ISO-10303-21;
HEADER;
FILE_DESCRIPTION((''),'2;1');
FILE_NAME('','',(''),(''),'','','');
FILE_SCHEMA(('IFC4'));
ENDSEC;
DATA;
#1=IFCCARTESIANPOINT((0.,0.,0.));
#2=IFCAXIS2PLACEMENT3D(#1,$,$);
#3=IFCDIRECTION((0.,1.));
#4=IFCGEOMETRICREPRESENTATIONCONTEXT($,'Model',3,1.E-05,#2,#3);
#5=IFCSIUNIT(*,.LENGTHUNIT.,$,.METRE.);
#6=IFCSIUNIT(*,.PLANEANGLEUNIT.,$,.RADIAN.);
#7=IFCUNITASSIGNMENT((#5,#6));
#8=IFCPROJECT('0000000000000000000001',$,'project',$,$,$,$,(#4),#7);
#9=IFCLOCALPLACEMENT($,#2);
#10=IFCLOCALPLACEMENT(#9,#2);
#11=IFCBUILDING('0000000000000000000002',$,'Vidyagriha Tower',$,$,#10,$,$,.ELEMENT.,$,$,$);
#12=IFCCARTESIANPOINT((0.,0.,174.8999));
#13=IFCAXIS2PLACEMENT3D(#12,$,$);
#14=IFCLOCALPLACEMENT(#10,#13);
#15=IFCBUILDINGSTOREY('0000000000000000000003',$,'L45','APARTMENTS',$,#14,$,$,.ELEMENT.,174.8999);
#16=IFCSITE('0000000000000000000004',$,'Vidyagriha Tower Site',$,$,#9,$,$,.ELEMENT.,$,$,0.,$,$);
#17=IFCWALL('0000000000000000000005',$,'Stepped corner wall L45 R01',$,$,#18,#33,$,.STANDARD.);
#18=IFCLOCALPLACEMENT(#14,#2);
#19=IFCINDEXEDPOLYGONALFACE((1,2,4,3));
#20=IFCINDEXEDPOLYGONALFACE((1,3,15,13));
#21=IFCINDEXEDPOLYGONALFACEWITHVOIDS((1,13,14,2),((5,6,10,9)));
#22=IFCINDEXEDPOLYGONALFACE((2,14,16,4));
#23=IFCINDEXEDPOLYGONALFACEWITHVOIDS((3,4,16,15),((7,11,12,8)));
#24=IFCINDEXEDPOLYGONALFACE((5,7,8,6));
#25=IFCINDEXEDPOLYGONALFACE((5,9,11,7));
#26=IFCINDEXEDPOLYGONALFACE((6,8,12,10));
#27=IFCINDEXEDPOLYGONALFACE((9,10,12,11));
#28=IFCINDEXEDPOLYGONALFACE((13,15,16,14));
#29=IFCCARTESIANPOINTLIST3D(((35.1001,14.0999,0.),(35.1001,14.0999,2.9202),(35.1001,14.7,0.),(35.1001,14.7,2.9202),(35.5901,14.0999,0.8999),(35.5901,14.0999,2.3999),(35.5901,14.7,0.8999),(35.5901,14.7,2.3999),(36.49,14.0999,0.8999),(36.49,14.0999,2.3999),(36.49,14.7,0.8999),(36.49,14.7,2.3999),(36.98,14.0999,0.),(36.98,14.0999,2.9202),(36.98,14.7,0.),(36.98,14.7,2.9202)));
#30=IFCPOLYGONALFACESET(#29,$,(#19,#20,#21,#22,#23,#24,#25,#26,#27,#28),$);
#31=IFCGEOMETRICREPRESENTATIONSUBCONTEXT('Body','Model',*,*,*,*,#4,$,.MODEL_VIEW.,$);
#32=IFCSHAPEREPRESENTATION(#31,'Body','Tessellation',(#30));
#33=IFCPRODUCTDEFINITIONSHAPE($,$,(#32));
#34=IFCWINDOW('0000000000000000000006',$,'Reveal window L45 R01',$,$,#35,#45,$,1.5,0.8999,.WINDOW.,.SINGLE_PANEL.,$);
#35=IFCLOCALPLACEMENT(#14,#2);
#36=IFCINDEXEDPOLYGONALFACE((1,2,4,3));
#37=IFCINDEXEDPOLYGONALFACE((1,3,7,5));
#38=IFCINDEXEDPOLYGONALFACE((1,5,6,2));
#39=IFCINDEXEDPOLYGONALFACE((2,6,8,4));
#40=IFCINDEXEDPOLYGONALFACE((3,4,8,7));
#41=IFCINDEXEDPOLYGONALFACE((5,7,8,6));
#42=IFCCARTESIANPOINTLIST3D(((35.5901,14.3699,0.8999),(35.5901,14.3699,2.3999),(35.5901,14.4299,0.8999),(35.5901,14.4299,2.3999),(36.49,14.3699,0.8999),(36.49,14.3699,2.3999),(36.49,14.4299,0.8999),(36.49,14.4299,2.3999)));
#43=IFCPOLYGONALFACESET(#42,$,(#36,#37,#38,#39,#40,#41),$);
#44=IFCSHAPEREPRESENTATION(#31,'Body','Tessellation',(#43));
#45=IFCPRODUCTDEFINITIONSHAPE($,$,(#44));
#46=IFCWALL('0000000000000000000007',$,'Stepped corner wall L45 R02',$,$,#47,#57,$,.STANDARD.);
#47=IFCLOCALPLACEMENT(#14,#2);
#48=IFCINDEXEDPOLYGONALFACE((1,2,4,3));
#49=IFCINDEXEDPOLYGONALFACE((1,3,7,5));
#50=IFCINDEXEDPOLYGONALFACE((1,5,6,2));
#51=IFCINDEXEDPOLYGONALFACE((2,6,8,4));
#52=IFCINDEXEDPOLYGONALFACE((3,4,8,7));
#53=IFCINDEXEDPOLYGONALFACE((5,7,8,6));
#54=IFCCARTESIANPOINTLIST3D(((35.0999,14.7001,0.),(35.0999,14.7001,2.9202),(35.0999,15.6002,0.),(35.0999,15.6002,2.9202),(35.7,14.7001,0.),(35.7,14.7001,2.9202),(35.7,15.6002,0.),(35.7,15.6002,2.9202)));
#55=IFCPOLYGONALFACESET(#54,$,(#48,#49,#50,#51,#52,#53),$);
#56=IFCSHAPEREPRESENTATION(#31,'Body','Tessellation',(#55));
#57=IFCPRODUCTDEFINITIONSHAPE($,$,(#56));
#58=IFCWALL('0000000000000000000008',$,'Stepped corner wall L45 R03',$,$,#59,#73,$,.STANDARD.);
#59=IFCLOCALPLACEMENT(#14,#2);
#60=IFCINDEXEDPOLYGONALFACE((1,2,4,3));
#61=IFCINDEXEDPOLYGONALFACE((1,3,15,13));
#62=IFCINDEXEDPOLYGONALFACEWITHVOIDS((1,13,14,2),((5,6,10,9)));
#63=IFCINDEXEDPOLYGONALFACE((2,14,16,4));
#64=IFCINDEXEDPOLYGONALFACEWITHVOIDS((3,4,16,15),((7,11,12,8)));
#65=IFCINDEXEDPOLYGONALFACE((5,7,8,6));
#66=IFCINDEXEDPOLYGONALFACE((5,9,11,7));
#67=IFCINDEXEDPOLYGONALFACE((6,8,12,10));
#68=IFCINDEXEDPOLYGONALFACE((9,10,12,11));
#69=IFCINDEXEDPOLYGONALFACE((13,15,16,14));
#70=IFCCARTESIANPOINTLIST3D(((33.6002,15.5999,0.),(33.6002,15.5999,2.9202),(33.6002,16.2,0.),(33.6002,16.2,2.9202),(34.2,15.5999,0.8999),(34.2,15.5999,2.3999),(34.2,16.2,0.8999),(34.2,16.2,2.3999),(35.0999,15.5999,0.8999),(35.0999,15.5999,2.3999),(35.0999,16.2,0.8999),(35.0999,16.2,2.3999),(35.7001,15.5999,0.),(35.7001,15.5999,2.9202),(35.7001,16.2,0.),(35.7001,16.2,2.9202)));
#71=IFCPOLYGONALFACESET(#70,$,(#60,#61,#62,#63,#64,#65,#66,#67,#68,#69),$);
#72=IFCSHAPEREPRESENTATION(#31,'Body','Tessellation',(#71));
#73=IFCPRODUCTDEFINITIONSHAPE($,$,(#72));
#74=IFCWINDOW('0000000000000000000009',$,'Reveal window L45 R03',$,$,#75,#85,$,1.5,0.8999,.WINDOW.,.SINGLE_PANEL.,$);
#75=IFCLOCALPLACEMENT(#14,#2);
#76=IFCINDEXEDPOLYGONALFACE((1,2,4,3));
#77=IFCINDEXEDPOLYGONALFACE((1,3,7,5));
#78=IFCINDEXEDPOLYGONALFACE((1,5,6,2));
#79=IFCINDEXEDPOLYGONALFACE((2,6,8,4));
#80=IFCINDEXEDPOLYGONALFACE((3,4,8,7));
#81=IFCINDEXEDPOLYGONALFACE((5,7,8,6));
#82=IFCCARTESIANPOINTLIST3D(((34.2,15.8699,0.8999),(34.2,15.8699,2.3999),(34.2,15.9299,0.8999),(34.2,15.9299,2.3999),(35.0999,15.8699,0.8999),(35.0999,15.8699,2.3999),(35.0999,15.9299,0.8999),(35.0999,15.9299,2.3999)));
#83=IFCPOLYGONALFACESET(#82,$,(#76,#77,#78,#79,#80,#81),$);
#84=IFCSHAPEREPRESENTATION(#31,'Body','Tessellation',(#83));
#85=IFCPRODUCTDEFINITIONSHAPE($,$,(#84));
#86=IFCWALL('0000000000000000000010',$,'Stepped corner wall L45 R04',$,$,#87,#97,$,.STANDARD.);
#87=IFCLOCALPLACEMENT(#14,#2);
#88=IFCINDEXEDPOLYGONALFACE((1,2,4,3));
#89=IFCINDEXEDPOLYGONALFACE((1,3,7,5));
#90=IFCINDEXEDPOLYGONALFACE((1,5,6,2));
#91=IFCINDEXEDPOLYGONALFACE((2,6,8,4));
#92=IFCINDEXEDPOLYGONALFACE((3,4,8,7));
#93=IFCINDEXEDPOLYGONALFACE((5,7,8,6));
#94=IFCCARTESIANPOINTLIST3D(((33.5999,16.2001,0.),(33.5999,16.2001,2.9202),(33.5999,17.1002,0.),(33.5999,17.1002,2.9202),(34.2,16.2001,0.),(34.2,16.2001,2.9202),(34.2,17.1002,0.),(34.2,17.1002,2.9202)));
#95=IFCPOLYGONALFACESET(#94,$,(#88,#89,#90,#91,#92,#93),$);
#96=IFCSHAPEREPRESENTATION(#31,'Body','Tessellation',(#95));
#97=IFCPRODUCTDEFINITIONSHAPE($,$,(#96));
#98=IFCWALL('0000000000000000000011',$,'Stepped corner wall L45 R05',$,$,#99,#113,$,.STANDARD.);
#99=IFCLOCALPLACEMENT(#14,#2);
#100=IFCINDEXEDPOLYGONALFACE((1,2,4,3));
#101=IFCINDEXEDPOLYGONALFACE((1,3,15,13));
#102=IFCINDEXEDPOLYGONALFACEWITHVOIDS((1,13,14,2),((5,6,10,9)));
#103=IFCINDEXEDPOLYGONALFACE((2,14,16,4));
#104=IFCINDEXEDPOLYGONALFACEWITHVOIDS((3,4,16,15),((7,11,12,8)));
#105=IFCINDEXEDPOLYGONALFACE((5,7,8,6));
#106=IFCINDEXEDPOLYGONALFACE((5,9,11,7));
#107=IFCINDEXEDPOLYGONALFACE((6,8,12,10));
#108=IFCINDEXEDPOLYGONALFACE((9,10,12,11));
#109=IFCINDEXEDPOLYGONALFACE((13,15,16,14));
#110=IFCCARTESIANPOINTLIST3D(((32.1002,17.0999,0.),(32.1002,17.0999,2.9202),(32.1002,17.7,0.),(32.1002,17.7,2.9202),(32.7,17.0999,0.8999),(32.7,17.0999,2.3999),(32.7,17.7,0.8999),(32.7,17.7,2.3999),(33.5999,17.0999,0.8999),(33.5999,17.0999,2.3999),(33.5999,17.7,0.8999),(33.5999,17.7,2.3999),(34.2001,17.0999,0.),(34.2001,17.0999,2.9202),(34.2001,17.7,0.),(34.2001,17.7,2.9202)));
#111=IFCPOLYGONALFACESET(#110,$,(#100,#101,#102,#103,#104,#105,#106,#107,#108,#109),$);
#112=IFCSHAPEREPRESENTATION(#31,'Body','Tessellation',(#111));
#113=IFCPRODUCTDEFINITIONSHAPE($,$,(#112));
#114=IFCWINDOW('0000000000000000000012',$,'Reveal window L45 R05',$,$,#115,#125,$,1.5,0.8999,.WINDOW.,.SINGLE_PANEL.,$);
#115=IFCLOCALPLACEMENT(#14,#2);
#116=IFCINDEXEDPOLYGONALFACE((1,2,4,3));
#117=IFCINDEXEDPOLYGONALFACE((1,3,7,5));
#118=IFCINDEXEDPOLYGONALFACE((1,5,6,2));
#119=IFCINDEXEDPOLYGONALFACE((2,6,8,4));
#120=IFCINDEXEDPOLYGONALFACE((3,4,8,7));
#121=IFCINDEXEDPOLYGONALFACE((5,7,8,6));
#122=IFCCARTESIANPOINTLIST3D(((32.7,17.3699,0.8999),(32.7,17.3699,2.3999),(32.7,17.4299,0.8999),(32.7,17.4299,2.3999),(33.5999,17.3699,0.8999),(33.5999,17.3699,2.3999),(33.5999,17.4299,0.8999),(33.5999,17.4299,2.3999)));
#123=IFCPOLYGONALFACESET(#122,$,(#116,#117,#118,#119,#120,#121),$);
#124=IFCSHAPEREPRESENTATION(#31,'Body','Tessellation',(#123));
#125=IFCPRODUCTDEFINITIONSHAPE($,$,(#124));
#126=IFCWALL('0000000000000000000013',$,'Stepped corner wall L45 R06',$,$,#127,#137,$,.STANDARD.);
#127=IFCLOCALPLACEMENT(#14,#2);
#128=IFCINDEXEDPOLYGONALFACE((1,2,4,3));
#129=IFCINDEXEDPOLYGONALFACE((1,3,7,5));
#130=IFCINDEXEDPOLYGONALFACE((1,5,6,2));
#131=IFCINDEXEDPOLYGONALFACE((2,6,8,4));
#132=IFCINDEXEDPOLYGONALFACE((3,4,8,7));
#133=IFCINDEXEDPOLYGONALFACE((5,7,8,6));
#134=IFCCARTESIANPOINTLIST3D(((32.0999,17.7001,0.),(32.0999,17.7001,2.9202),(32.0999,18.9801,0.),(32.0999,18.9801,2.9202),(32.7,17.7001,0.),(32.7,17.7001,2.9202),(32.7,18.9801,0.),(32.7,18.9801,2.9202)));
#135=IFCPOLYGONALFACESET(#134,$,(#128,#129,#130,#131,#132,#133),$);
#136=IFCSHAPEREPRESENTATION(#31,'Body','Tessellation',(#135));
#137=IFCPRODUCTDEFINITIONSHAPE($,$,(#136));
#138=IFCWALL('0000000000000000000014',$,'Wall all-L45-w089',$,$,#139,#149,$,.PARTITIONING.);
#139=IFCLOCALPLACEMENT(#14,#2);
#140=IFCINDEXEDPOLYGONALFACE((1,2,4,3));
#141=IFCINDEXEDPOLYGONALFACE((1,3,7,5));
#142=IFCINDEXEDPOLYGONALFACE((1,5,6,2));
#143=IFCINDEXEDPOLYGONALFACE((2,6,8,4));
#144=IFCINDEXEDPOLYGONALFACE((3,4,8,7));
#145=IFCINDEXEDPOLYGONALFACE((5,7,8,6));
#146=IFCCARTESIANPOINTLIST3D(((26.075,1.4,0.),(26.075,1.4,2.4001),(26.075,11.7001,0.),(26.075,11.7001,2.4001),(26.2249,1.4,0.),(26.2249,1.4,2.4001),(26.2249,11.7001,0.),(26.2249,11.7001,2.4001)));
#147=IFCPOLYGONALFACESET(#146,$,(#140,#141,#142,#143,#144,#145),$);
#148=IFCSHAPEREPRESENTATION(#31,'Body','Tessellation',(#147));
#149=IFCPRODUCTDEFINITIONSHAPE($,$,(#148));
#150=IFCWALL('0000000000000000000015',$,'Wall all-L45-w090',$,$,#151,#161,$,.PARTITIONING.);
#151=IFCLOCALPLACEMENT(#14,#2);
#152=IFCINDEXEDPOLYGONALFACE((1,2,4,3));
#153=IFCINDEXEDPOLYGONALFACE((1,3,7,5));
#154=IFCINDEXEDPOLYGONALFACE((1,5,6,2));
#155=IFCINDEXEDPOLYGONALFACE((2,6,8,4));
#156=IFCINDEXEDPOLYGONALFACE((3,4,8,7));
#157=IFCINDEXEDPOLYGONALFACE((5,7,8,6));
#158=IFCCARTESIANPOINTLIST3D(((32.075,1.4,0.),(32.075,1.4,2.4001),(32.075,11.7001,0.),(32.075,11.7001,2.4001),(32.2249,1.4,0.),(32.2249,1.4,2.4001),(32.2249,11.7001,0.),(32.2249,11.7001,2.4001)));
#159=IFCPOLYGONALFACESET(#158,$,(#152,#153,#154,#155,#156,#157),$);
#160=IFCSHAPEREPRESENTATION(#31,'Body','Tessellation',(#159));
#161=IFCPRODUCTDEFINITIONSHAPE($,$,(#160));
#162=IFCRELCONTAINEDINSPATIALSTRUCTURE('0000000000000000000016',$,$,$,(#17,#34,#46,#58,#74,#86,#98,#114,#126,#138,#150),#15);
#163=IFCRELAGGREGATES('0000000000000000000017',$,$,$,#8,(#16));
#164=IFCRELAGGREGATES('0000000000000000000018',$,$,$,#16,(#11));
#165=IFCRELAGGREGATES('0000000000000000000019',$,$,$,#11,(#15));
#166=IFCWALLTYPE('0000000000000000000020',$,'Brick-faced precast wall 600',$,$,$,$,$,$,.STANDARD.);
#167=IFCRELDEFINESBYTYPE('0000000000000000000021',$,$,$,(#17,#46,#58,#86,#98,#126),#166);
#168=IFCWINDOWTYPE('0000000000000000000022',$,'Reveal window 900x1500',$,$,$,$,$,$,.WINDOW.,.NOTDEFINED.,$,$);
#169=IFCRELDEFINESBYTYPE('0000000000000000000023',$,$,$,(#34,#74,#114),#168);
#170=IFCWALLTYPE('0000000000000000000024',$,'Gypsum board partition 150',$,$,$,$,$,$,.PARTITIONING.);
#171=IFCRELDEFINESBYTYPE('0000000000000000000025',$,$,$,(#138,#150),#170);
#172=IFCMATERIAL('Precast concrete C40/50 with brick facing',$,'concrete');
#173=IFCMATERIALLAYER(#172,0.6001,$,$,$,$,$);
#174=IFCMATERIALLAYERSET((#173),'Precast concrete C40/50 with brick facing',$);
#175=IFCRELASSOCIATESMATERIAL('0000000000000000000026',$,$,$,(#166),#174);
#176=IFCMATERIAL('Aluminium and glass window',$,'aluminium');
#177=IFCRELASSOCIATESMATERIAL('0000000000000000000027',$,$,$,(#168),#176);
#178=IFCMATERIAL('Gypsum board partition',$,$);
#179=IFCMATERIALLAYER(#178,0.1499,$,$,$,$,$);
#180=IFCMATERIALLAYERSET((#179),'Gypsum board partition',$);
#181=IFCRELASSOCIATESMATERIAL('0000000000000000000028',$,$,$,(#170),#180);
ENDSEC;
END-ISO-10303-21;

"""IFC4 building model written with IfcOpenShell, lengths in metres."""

from ifc_helpers import new_model, si_unit, direction, frame, frame_2d, origin, place, context, subcontext, project, spatial, rectangle, extrude, material, layer, layer_set, type_object, element, fill, save


model = new_model("IFC4")

# Units and contexts
model_context = context("Model", 3, precision=1e-05, world=origin(), true_north=direction((0.0, 1.0)))
body_context = subcontext(model_context, "Body", "Model", "MODEL_VIEW")
ifc_project = project(units=[si_unit("LENGTHUNIT", "METRE"), si_unit("PLANEANGLEUNIT", "RADIAN")], contexts=[model_context])

# Site, building, storey
site_placement = place(None, origin())
site = spatial("IfcSite", under=ifc_project, at=site_placement, Name="Vidyagriha Tower Site", CompositionType="ELEMENT", RefElevation=0.0)
building_placement = place(site_placement, origin())
building = spatial("IfcBuilding", under=site, at=building_placement, Name="Vidyagriha Tower", CompositionType="ELEMENT")
storey_placement = place(building_placement, frame((0.0, 0.0, 174.8999)))
storey = spatial("IfcBuildingStorey", under=building, at=storey_placement, Name="L45", Description="APARTMENTS", CompositionType="ELEMENT", Elevation=174.8999)

# Wall, opening, window
ifc_material_1 = material(Name="Precast concrete C40/50 with brick facing", Category="concrete")
ifc_layer_1 = layer(ifc_material_1, 0.6001)
ifc_layer_set_1 = layer_set([ifc_layer_1], Name="Precast concrete C40/50 with brick facing")
wall_type_1 = type_object("IfcWallType", Name="Brick-faced precast wall 600", PredefinedType="STANDARD", material=ifc_layer_set_1)
wall_1_placement = place(storey_placement, frame((36.98, 14.3999, 0.0), z_axis=(0.0, 0.0, 1.0), x_axis=(-1.0, 0.0, 0.0)))
wall_1 = element("IfcWall", 1, at=wall_1_placement, inside=storey, type_object=wall_type_1, Name="Stepped corner wall L45 R01", PredefinedType="STANDARD", context=body_context, shape_type="SweptSolid", body=[
    extrude(rectangle(XDim=1.8799, YDim=0.6001, at=frame_2d((0.9399, 0.0))), origin(), (0.0, 0.0, 1.0), 2.9202),
])
opening_1_placement = place(wall_1_placement, frame((0.49, 0.0, 0.8999)))
opening_1 = element("IfcOpeningElement", 2, at=opening_1_placement, cuts=wall_1, PredefinedType="OPENING", context=body_context, shape_type="SweptSolid", body=[
    extrude(rectangle(XDim=0.8999, YDim=1.5, at=frame_2d((0.45, 0.75))), frame((0.0, 0.3101, 0.0), z_axis=(0.0, -1.0, 0.0), x_axis=(1.0, 0.0, 0.0)), (0.0, 0.0, 1.0), 0.6201),
])
ifc_material_2 = material(Name="Aluminium and glass window", Category="aluminium")
window_type = type_object("IfcWindowType", Name="Reveal window 900x1500", PartitioningType="NOTDEFINED", PredefinedType="WINDOW", material=ifc_material_2)
window_1_placement = place(opening_1_placement, origin())
window_1 = element("IfcWindow", 3, at=window_1_placement, inside=storey, type_object=window_type, Name="Reveal window L45 R01", OverallHeight=1.5, OverallWidth=0.8999, PartitioningType="SINGLE_PANEL", PredefinedType="WINDOW", context=body_context, shape_type="SweptSolid", body=[
    extrude(rectangle(XDim=0.8999, YDim=1.5, at=frame_2d((0.45, 0.75))), frame((0.0, 0.03, 0.0), z_axis=(0.0, -1.0, 0.0), x_axis=(1.0, 0.0, 0.0)), (0.0, 0.0, 1.0), 0.0601),
])
fill(opening_1, window_1)

# Wall
wall_2_placement = place(storey_placement, frame((35.3999, 14.7, 0.0), z_axis=(0.0, 0.0, 1.0), x_axis=(0.0, 1.0, 0.0)))
element("IfcWall", 4, at=wall_2_placement, inside=storey, type_object=wall_type_1, Name="Stepped corner wall L45 R02", PredefinedType="STANDARD", context=body_context, shape_type="SweptSolid", body=[
    extrude(rectangle(XDim=0.9001, YDim=0.6001, at=frame_2d((0.4502, 0.0))), origin(), (0.0, 0.0, 1.0), 2.9202),
])

# Wall, opening, window
wall_3_placement = place(storey_placement, frame((35.7, 15.8999, 0.0), z_axis=(0.0, 0.0, 1.0), x_axis=(-1.0, 0.0, 0.0)))
wall_3 = element("IfcWall", 5, at=wall_3_placement, inside=storey, type_object=wall_type_1, Name="Stepped corner wall L45 R03", PredefinedType="STANDARD", context=body_context, shape_type="SweptSolid", body=[
    extrude(rectangle(XDim=2.0999, YDim=0.6001, at=frame_2d((1.0498, 0.0))), origin(), (0.0, 0.0, 1.0), 2.9202),
])
opening_2_placement = place(wall_3_placement, frame((0.6001, 0.0, 0.8999)))
opening_2 = element("IfcOpeningElement", 6, at=opening_2_placement, cuts=wall_3, PredefinedType="OPENING", context=body_context, shape_type="SweptSolid", body=[
    extrude(rectangle(XDim=0.8999, YDim=1.5, at=frame_2d((0.45, 0.75))), frame((0.0, 0.3101, 0.0), z_axis=(0.0, -1.0, 0.0), x_axis=(1.0, 0.0, 0.0)), (0.0, 0.0, 1.0), 0.6201),
])
window_2_placement = place(opening_2_placement, origin())
window_2 = element("IfcWindow", 7, at=window_2_placement, inside=storey, type_object=window_type, Name="Reveal window L45 R03", OverallHeight=1.5, OverallWidth=0.8999, PartitioningType="SINGLE_PANEL", PredefinedType="WINDOW", context=body_context, shape_type="SweptSolid", body=[
    extrude(rectangle(XDim=0.8999, YDim=1.5, at=frame_2d((0.45, 0.75))), frame((0.0, 0.03, 0.0), z_axis=(0.0, -1.0, 0.0), x_axis=(1.0, 0.0, 0.0)), (0.0, 0.0, 1.0), 0.0601),
])
fill(opening_2, window_2)

# Wall
wall_4_placement = place(storey_placement, frame((33.8999, 16.2, 0.0), z_axis=(0.0, 0.0, 1.0), x_axis=(0.0, 1.0, 0.0)))
element("IfcWall", 8, at=wall_4_placement, inside=storey, type_object=wall_type_1, Name="Stepped corner wall L45 R04", PredefinedType="STANDARD", context=body_context, shape_type="SweptSolid", body=[
    extrude(rectangle(XDim=0.9001, YDim=0.6001, at=frame_2d((0.4502, 0.0))), origin(), (0.0, 0.0, 1.0), 2.9202),
])

# Wall, opening, window
wall_5_placement = place(storey_placement, frame((34.2, 17.3999, 0.0), z_axis=(0.0, 0.0, 1.0), x_axis=(-1.0, 0.0, 0.0)))
wall_5 = element("IfcWall", 9, at=wall_5_placement, inside=storey, type_object=wall_type_1, Name="Stepped corner wall L45 R05", PredefinedType="STANDARD", context=body_context, shape_type="SweptSolid", body=[
    extrude(rectangle(XDim=2.0999, YDim=0.6001, at=frame_2d((1.0498, 0.0))), origin(), (0.0, 0.0, 1.0), 2.9202),
])
opening_3_placement = place(wall_5_placement, frame((0.6001, 0.0, 0.8999)))
opening_3 = element("IfcOpeningElement", 10, at=opening_3_placement, cuts=wall_5, PredefinedType="OPENING", context=body_context, shape_type="SweptSolid", body=[
    extrude(rectangle(XDim=0.8999, YDim=1.5, at=frame_2d((0.45, 0.75))), frame((0.0, 0.3101, 0.0), z_axis=(0.0, -1.0, 0.0), x_axis=(1.0, 0.0, 0.0)), (0.0, 0.0, 1.0), 0.6201),
])
window_3_placement = place(opening_3_placement, origin())
window_3 = element("IfcWindow", 11, at=window_3_placement, inside=storey, type_object=window_type, Name="Reveal window L45 R05", OverallHeight=1.5, OverallWidth=0.8999, PartitioningType="SINGLE_PANEL", PredefinedType="WINDOW", context=body_context, shape_type="SweptSolid", body=[
    extrude(rectangle(XDim=0.8999, YDim=1.5, at=frame_2d((0.45, 0.75))), frame((0.0, 0.03, 0.0), z_axis=(0.0, -1.0, 0.0), x_axis=(1.0, 0.0, 0.0)), (0.0, 0.0, 1.0), 0.0601),
])
fill(opening_3, window_3)

# Walls
wall_6_placement = place(storey_placement, frame((32.3999, 17.7, 0.0), z_axis=(0.0, 0.0, 1.0), x_axis=(0.0, 1.0, 0.0)))
element("IfcWall", 12, at=wall_6_placement, inside=storey, type_object=wall_type_1, Name="Stepped corner wall L45 R06", PredefinedType="STANDARD", context=body_context, shape_type="SweptSolid", body=[
    extrude(rectangle(XDim=1.28, YDim=0.6001, at=frame_2d((0.6401, 0.0))), origin(), (0.0, 0.0, 1.0), 2.9202),
])
ifc_material_3 = material(Name="Gypsum board partition")
ifc_layer_2 = layer(ifc_material_3, 0.1499)
ifc_layer_set_2 = layer_set([ifc_layer_2], Name="Gypsum board partition")
wall_type_2 = type_object("IfcWallType", Name="Gypsum board partition 150", PredefinedType="PARTITIONING", material=ifc_layer_set_2)
for number, where, z_axis, x_axis, name in (
    (13, (26.1499, 11.7, 0.0), (0.0, 0.0, 1.0), (0.0, -1.0, 0.0), "Wall all-L45-w089"),
    (14, (32.1499, 11.7, 0.0), (0.0, 0.0, 1.0), (0.0, -1.0, 0.0), "Wall all-L45-w090"),
):
    element("IfcWall", number, at=place(storey_placement, frame(where, z_axis=z_axis, x_axis=x_axis)), inside=storey, type_object=wall_type_2, Name=name, PredefinedType="PARTITIONING", context=body_context, shape_type="SweptSolid", body=[
        extrude(rectangle(XDim=10.3, YDim=0.1499, at=frame_2d((5.1499, 0.0))), origin(), (0.0, 0.0, 1.0), 2.4001),
    ])

save(model, "model.ifc")
